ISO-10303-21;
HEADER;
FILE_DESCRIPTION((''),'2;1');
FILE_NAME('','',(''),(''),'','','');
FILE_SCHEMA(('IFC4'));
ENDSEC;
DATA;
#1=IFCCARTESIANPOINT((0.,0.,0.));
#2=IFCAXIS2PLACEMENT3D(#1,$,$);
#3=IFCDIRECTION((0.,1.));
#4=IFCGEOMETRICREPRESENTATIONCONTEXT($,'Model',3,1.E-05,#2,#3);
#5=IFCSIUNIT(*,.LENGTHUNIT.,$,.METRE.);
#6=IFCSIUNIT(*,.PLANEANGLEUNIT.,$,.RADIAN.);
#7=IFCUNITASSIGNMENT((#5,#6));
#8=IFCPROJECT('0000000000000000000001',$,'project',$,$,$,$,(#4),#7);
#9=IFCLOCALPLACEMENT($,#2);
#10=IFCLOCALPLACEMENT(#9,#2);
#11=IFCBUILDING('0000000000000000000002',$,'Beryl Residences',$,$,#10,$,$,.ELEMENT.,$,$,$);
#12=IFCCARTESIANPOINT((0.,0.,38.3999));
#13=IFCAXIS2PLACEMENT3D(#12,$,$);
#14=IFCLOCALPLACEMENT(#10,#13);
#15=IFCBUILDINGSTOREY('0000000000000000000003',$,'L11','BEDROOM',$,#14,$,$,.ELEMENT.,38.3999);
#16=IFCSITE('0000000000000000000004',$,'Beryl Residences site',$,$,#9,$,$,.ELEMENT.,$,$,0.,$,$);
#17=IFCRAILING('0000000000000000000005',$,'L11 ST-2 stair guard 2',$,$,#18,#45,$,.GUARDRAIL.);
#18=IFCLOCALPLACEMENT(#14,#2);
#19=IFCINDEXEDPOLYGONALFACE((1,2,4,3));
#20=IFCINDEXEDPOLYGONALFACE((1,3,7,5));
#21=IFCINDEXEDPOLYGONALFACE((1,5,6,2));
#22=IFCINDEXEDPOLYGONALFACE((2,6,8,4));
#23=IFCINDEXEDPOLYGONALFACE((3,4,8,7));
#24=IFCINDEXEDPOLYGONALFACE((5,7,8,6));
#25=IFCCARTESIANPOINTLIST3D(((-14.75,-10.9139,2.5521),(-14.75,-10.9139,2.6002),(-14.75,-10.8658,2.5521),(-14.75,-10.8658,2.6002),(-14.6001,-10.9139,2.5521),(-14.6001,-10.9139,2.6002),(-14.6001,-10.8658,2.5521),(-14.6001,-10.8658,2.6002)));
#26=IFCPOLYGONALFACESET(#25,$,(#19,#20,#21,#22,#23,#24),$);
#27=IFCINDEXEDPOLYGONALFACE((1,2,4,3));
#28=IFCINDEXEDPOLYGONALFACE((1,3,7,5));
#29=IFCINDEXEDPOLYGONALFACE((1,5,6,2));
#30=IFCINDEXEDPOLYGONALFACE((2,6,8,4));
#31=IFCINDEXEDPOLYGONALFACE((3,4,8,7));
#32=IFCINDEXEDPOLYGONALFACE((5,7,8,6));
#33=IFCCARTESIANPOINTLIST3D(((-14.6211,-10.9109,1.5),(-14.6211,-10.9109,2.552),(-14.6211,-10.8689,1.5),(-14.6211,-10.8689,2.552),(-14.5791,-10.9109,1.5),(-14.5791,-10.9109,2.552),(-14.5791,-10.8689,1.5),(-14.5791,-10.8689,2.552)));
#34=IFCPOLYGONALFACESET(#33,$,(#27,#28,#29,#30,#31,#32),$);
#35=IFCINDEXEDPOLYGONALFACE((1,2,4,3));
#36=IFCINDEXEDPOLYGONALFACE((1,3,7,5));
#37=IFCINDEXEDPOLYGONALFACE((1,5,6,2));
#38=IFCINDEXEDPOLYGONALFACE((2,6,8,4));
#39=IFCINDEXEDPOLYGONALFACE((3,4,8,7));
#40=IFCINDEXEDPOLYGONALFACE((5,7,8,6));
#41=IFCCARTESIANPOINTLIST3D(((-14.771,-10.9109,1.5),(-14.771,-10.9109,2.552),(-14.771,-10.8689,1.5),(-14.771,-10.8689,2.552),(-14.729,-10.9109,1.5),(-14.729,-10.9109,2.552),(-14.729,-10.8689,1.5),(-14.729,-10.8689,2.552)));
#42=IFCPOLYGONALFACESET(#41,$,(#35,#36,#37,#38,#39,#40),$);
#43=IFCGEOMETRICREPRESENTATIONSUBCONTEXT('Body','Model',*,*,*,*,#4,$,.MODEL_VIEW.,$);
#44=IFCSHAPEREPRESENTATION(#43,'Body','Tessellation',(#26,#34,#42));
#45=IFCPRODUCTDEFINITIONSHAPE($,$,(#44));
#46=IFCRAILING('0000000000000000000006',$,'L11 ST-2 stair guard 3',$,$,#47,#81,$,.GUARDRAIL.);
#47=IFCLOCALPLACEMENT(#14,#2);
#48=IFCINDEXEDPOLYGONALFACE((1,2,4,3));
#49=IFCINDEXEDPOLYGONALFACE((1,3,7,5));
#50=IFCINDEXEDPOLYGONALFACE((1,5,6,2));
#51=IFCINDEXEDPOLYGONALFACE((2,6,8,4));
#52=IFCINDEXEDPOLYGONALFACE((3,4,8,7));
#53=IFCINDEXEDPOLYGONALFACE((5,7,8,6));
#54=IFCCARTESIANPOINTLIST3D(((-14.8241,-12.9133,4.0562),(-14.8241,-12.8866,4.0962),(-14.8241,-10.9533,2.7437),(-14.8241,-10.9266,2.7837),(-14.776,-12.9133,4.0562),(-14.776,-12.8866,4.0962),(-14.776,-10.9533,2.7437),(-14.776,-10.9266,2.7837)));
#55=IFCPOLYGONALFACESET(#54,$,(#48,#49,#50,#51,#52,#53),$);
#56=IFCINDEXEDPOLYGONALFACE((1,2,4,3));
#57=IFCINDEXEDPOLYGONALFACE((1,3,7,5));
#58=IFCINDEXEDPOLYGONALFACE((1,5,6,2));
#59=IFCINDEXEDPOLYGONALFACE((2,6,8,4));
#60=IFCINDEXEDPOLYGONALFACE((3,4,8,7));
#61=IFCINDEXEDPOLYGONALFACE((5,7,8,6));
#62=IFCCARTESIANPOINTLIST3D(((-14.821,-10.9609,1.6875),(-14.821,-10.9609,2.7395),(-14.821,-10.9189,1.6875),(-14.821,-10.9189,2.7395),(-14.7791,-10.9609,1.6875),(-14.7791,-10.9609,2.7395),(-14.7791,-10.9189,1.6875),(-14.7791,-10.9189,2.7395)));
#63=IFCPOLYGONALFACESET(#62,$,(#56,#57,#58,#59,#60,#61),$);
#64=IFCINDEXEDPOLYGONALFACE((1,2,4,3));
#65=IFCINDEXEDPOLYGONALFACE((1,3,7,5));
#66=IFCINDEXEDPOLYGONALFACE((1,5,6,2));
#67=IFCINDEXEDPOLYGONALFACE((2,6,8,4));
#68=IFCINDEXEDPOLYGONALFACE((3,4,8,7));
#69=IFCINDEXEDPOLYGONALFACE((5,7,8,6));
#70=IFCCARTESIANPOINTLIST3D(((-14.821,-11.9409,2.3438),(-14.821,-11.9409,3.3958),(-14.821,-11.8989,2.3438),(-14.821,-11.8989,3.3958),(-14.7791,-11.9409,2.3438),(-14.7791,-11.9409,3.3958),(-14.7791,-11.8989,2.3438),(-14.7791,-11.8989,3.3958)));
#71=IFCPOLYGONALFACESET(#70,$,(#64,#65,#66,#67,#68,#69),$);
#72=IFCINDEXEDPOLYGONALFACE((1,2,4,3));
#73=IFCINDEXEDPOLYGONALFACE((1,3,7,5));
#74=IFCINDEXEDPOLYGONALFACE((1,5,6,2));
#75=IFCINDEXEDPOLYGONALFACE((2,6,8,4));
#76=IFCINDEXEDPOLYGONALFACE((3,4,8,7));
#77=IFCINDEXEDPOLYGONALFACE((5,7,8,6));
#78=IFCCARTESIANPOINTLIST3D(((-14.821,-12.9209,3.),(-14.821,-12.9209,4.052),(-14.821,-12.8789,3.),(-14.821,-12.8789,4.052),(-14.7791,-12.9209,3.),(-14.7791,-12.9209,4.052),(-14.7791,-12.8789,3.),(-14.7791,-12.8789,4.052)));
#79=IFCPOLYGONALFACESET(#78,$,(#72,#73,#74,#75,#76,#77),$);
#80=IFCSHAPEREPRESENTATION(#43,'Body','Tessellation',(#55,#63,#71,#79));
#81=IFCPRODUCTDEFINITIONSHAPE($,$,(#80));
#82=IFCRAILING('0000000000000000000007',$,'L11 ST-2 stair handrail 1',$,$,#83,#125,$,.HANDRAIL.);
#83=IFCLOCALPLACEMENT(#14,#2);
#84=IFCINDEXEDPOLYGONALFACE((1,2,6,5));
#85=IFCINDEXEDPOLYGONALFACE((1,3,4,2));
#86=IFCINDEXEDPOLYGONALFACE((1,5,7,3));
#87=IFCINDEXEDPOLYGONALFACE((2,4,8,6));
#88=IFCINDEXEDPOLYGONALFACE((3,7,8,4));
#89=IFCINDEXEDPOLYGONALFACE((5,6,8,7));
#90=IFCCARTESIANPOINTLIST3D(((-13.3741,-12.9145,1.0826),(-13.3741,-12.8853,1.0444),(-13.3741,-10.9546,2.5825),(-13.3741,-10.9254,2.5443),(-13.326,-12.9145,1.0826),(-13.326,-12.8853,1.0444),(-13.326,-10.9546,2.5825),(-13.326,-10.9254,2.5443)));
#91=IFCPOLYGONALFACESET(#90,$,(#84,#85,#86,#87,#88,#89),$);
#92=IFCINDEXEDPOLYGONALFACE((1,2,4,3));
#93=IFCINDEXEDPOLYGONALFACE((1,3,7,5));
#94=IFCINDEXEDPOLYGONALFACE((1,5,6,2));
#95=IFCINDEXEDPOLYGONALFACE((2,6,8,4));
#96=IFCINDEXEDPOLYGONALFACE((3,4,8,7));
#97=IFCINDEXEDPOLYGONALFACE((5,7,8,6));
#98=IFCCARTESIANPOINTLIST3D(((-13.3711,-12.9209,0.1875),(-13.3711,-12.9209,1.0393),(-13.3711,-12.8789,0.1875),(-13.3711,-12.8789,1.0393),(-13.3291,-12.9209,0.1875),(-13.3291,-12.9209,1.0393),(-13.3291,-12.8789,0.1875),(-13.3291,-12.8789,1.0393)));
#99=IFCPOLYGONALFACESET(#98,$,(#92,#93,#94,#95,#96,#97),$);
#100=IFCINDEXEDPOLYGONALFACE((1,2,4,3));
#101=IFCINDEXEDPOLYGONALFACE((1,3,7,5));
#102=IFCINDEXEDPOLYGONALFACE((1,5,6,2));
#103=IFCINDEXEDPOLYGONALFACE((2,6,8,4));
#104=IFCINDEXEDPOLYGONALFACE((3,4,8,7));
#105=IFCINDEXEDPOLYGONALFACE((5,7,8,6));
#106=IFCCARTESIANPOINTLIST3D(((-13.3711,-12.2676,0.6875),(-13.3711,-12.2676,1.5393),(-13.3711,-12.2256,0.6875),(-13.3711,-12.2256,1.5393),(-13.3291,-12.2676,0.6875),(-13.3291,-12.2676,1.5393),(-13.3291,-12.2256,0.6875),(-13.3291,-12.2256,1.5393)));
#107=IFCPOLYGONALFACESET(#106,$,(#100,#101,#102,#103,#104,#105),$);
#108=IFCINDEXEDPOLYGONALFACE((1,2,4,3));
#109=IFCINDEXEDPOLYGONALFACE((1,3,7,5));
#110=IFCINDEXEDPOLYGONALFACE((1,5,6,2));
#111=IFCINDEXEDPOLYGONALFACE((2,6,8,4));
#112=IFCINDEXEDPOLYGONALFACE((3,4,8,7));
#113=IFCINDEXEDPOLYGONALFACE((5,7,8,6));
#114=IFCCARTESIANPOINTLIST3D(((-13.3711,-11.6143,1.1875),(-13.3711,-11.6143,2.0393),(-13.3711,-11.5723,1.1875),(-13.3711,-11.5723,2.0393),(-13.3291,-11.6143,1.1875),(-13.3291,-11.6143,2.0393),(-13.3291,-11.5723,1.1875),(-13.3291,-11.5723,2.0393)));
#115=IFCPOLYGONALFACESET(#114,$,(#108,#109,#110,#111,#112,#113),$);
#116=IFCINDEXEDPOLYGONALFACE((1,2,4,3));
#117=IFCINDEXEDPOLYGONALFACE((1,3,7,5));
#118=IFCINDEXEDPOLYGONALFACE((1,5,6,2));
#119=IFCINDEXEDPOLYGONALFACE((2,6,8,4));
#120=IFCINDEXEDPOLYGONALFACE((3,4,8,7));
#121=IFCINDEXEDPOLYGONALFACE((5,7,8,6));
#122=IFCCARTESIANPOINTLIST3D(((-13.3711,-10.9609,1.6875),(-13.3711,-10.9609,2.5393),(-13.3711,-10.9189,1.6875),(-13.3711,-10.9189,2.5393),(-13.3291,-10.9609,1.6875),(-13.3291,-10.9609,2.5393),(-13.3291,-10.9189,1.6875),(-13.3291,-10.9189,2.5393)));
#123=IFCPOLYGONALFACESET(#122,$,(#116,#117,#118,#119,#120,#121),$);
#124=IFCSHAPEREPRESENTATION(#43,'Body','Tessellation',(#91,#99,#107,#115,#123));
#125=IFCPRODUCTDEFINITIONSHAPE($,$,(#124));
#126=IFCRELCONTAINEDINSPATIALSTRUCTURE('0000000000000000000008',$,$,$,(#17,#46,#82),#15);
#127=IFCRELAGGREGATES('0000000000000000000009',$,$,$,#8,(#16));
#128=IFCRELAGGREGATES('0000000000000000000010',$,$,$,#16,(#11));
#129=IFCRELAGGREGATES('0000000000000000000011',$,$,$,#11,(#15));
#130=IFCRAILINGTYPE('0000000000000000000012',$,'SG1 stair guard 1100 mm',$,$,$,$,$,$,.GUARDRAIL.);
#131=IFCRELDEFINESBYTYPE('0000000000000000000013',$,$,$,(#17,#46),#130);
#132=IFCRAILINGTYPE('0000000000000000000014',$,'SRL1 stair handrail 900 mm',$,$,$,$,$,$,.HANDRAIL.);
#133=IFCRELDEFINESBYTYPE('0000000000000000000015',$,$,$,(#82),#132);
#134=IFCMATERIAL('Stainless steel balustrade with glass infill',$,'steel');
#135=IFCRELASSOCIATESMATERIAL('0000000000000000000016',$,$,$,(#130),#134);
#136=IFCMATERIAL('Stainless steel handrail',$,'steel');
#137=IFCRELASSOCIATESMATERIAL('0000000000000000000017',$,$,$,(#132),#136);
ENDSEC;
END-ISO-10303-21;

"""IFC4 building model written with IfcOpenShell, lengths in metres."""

from ifc_helpers import new_model, si_unit, direction, frame, origin, origin_2d, place, context, subcontext, project, spatial, rectangle, extrude, material, type_object, element, save


model = new_model("IFC4")

# Units and contexts
model_context = context("Model", 3, precision=1e-05, world=origin(), true_north=direction((0.0, 1.0)))
body_context = subcontext(model_context, "Body", "Model", "MODEL_VIEW")
ifc_project = project(units=[si_unit("LENGTHUNIT", "METRE"), si_unit("PLANEANGLEUNIT", "RADIAN")], contexts=[model_context])

# Site, building, storey
site_placement = place(None, origin())
site = spatial("IfcSite", under=ifc_project, at=site_placement, Name="Beryl Residences site", CompositionType="ELEMENT", RefElevation=0.0)
building_placement = place(site_placement, origin())
building = spatial("IfcBuilding", under=site, at=building_placement, Name="Beryl Residences", CompositionType="ELEMENT")
storey_placement = place(building_placement, frame((0.0, 0.0, 38.3999)))
storey = spatial("IfcBuildingStorey", under=building, at=storey_placement, Name="L11", Description="BEDROOM", CompositionType="ELEMENT", Elevation=38.3999)

# Railings
ifc_material_1 = material(Name="Stainless steel balustrade with glass infill", Category="steel")
railing_type_1 = type_object("IfcRailingType", Name="SG1 stair guard 1100 mm", PredefinedType="GUARDRAIL", material=ifc_material_1)
railing_1_placement = place(storey_placement, frame((-14.6001, -10.8899, 1.5)))
element("IfcRailing", 1, at=railing_1_placement, inside=storey, type_object=railing_type_1, Name="L11 ST-2 stair guard 2", PredefinedType="GUARDRAIL", context=body_context, shape_type="SweptSolid", body=[
    extrude(rectangle(XDim=0.0481, YDim=0.0481, at=origin_2d()), frame((0.0, 0.0, 1.0762), z_axis=(-1.0, 0.0, 0.0), x_axis=(0.0, -1.0, 0.0)), (0.0, 0.0, 1.0), 0.1499),
    extrude(rectangle(XDim=0.042, YDim=0.042, at=origin_2d()), origin(), (0.0, 0.0, 1.0), 1.052),
    extrude(rectangle(XDim=0.042, YDim=0.042, at=origin_2d()), frame((-0.1499, 0.0, 0.0)), (0.0, 0.0, 1.0), 1.052),
])
railing_2_placement = place(storey_placement, frame((-14.8, -10.9399, 1.6875)))
element("IfcRailing", 2, at=railing_2_placement, inside=storey, type_object=railing_type_1, Name="L11 ST-2 stair guard 3", PredefinedType="GUARDRAIL", context=body_context, shape_type="SweptSolid", body=[
    extrude(rectangle(XDim=0.0481, YDim=0.0481, at=origin_2d()), frame((0.0, 0.0, 1.0762), z_axis=(0.0, -0.830902, 0.556419), x_axis=(1.0, 0.0, 0.0)), (0.0, 0.0, 1.0), 2.3589),
    extrude(rectangle(XDim=0.042, YDim=0.042, at=origin_2d()), origin(), (0.0, 0.0, 1.0), 1.052),
    extrude(rectangle(XDim=0.042, YDim=0.042, at=origin_2d()), frame((0.0, -0.98, 0.6562)), (0.0, 0.0, 1.0), 1.052),
    extrude(rectangle(XDim=0.042, YDim=0.042, at=origin_2d()), frame((0.0, -1.96, 1.3125)), (0.0, 0.0, 1.0), 1.052),
])
ifc_material_2 = material(Name="Stainless steel handrail", Category="steel")
railing_type_2 = type_object("IfcRailingType", Name="SRL1 stair handrail 900 mm", PredefinedType="HANDRAIL", material=ifc_material_2)
railing_3_placement = place(storey_placement, frame((-13.3501, -12.8999, 0.1875)))
element("IfcRailing", 3, at=railing_3_placement, inside=storey, type_object=railing_type_2, Name="L11 ST-2 stair handrail 1", PredefinedType="HANDRAIL", context=body_context, shape_type="SweptSolid", body=[
    extrude(rectangle(XDim=0.0481, YDim=0.0481, at=origin_2d()), frame((0.0, 0.0, 0.876), z_axis=(0.0, 0.794122, 0.607758), x_axis=(-1.0, 0.0, 0.0)), (0.0, 0.0, 1.0), 2.468),
    extrude(rectangle(XDim=0.042, YDim=0.042, at=origin_2d()), origin(), (0.0, 0.0, 1.0), 0.8518),
    extrude(rectangle(XDim=0.042, YDim=0.042, at=origin_2d()), frame((0.0, 0.6533, 0.5)), (0.0, 0.0, 1.0), 0.8518),
    extrude(rectangle(XDim=0.042, YDim=0.042, at=origin_2d()), frame((0.0, 1.3066, 1.0)), (0.0, 0.0, 1.0), 0.8518),
    extrude(rectangle(XDim=0.042, YDim=0.042, at=origin_2d()), frame((0.0, 1.96, 1.5)), (0.0, 0.0, 1.0), 0.8518),
])

save(model, "model.ifc")
